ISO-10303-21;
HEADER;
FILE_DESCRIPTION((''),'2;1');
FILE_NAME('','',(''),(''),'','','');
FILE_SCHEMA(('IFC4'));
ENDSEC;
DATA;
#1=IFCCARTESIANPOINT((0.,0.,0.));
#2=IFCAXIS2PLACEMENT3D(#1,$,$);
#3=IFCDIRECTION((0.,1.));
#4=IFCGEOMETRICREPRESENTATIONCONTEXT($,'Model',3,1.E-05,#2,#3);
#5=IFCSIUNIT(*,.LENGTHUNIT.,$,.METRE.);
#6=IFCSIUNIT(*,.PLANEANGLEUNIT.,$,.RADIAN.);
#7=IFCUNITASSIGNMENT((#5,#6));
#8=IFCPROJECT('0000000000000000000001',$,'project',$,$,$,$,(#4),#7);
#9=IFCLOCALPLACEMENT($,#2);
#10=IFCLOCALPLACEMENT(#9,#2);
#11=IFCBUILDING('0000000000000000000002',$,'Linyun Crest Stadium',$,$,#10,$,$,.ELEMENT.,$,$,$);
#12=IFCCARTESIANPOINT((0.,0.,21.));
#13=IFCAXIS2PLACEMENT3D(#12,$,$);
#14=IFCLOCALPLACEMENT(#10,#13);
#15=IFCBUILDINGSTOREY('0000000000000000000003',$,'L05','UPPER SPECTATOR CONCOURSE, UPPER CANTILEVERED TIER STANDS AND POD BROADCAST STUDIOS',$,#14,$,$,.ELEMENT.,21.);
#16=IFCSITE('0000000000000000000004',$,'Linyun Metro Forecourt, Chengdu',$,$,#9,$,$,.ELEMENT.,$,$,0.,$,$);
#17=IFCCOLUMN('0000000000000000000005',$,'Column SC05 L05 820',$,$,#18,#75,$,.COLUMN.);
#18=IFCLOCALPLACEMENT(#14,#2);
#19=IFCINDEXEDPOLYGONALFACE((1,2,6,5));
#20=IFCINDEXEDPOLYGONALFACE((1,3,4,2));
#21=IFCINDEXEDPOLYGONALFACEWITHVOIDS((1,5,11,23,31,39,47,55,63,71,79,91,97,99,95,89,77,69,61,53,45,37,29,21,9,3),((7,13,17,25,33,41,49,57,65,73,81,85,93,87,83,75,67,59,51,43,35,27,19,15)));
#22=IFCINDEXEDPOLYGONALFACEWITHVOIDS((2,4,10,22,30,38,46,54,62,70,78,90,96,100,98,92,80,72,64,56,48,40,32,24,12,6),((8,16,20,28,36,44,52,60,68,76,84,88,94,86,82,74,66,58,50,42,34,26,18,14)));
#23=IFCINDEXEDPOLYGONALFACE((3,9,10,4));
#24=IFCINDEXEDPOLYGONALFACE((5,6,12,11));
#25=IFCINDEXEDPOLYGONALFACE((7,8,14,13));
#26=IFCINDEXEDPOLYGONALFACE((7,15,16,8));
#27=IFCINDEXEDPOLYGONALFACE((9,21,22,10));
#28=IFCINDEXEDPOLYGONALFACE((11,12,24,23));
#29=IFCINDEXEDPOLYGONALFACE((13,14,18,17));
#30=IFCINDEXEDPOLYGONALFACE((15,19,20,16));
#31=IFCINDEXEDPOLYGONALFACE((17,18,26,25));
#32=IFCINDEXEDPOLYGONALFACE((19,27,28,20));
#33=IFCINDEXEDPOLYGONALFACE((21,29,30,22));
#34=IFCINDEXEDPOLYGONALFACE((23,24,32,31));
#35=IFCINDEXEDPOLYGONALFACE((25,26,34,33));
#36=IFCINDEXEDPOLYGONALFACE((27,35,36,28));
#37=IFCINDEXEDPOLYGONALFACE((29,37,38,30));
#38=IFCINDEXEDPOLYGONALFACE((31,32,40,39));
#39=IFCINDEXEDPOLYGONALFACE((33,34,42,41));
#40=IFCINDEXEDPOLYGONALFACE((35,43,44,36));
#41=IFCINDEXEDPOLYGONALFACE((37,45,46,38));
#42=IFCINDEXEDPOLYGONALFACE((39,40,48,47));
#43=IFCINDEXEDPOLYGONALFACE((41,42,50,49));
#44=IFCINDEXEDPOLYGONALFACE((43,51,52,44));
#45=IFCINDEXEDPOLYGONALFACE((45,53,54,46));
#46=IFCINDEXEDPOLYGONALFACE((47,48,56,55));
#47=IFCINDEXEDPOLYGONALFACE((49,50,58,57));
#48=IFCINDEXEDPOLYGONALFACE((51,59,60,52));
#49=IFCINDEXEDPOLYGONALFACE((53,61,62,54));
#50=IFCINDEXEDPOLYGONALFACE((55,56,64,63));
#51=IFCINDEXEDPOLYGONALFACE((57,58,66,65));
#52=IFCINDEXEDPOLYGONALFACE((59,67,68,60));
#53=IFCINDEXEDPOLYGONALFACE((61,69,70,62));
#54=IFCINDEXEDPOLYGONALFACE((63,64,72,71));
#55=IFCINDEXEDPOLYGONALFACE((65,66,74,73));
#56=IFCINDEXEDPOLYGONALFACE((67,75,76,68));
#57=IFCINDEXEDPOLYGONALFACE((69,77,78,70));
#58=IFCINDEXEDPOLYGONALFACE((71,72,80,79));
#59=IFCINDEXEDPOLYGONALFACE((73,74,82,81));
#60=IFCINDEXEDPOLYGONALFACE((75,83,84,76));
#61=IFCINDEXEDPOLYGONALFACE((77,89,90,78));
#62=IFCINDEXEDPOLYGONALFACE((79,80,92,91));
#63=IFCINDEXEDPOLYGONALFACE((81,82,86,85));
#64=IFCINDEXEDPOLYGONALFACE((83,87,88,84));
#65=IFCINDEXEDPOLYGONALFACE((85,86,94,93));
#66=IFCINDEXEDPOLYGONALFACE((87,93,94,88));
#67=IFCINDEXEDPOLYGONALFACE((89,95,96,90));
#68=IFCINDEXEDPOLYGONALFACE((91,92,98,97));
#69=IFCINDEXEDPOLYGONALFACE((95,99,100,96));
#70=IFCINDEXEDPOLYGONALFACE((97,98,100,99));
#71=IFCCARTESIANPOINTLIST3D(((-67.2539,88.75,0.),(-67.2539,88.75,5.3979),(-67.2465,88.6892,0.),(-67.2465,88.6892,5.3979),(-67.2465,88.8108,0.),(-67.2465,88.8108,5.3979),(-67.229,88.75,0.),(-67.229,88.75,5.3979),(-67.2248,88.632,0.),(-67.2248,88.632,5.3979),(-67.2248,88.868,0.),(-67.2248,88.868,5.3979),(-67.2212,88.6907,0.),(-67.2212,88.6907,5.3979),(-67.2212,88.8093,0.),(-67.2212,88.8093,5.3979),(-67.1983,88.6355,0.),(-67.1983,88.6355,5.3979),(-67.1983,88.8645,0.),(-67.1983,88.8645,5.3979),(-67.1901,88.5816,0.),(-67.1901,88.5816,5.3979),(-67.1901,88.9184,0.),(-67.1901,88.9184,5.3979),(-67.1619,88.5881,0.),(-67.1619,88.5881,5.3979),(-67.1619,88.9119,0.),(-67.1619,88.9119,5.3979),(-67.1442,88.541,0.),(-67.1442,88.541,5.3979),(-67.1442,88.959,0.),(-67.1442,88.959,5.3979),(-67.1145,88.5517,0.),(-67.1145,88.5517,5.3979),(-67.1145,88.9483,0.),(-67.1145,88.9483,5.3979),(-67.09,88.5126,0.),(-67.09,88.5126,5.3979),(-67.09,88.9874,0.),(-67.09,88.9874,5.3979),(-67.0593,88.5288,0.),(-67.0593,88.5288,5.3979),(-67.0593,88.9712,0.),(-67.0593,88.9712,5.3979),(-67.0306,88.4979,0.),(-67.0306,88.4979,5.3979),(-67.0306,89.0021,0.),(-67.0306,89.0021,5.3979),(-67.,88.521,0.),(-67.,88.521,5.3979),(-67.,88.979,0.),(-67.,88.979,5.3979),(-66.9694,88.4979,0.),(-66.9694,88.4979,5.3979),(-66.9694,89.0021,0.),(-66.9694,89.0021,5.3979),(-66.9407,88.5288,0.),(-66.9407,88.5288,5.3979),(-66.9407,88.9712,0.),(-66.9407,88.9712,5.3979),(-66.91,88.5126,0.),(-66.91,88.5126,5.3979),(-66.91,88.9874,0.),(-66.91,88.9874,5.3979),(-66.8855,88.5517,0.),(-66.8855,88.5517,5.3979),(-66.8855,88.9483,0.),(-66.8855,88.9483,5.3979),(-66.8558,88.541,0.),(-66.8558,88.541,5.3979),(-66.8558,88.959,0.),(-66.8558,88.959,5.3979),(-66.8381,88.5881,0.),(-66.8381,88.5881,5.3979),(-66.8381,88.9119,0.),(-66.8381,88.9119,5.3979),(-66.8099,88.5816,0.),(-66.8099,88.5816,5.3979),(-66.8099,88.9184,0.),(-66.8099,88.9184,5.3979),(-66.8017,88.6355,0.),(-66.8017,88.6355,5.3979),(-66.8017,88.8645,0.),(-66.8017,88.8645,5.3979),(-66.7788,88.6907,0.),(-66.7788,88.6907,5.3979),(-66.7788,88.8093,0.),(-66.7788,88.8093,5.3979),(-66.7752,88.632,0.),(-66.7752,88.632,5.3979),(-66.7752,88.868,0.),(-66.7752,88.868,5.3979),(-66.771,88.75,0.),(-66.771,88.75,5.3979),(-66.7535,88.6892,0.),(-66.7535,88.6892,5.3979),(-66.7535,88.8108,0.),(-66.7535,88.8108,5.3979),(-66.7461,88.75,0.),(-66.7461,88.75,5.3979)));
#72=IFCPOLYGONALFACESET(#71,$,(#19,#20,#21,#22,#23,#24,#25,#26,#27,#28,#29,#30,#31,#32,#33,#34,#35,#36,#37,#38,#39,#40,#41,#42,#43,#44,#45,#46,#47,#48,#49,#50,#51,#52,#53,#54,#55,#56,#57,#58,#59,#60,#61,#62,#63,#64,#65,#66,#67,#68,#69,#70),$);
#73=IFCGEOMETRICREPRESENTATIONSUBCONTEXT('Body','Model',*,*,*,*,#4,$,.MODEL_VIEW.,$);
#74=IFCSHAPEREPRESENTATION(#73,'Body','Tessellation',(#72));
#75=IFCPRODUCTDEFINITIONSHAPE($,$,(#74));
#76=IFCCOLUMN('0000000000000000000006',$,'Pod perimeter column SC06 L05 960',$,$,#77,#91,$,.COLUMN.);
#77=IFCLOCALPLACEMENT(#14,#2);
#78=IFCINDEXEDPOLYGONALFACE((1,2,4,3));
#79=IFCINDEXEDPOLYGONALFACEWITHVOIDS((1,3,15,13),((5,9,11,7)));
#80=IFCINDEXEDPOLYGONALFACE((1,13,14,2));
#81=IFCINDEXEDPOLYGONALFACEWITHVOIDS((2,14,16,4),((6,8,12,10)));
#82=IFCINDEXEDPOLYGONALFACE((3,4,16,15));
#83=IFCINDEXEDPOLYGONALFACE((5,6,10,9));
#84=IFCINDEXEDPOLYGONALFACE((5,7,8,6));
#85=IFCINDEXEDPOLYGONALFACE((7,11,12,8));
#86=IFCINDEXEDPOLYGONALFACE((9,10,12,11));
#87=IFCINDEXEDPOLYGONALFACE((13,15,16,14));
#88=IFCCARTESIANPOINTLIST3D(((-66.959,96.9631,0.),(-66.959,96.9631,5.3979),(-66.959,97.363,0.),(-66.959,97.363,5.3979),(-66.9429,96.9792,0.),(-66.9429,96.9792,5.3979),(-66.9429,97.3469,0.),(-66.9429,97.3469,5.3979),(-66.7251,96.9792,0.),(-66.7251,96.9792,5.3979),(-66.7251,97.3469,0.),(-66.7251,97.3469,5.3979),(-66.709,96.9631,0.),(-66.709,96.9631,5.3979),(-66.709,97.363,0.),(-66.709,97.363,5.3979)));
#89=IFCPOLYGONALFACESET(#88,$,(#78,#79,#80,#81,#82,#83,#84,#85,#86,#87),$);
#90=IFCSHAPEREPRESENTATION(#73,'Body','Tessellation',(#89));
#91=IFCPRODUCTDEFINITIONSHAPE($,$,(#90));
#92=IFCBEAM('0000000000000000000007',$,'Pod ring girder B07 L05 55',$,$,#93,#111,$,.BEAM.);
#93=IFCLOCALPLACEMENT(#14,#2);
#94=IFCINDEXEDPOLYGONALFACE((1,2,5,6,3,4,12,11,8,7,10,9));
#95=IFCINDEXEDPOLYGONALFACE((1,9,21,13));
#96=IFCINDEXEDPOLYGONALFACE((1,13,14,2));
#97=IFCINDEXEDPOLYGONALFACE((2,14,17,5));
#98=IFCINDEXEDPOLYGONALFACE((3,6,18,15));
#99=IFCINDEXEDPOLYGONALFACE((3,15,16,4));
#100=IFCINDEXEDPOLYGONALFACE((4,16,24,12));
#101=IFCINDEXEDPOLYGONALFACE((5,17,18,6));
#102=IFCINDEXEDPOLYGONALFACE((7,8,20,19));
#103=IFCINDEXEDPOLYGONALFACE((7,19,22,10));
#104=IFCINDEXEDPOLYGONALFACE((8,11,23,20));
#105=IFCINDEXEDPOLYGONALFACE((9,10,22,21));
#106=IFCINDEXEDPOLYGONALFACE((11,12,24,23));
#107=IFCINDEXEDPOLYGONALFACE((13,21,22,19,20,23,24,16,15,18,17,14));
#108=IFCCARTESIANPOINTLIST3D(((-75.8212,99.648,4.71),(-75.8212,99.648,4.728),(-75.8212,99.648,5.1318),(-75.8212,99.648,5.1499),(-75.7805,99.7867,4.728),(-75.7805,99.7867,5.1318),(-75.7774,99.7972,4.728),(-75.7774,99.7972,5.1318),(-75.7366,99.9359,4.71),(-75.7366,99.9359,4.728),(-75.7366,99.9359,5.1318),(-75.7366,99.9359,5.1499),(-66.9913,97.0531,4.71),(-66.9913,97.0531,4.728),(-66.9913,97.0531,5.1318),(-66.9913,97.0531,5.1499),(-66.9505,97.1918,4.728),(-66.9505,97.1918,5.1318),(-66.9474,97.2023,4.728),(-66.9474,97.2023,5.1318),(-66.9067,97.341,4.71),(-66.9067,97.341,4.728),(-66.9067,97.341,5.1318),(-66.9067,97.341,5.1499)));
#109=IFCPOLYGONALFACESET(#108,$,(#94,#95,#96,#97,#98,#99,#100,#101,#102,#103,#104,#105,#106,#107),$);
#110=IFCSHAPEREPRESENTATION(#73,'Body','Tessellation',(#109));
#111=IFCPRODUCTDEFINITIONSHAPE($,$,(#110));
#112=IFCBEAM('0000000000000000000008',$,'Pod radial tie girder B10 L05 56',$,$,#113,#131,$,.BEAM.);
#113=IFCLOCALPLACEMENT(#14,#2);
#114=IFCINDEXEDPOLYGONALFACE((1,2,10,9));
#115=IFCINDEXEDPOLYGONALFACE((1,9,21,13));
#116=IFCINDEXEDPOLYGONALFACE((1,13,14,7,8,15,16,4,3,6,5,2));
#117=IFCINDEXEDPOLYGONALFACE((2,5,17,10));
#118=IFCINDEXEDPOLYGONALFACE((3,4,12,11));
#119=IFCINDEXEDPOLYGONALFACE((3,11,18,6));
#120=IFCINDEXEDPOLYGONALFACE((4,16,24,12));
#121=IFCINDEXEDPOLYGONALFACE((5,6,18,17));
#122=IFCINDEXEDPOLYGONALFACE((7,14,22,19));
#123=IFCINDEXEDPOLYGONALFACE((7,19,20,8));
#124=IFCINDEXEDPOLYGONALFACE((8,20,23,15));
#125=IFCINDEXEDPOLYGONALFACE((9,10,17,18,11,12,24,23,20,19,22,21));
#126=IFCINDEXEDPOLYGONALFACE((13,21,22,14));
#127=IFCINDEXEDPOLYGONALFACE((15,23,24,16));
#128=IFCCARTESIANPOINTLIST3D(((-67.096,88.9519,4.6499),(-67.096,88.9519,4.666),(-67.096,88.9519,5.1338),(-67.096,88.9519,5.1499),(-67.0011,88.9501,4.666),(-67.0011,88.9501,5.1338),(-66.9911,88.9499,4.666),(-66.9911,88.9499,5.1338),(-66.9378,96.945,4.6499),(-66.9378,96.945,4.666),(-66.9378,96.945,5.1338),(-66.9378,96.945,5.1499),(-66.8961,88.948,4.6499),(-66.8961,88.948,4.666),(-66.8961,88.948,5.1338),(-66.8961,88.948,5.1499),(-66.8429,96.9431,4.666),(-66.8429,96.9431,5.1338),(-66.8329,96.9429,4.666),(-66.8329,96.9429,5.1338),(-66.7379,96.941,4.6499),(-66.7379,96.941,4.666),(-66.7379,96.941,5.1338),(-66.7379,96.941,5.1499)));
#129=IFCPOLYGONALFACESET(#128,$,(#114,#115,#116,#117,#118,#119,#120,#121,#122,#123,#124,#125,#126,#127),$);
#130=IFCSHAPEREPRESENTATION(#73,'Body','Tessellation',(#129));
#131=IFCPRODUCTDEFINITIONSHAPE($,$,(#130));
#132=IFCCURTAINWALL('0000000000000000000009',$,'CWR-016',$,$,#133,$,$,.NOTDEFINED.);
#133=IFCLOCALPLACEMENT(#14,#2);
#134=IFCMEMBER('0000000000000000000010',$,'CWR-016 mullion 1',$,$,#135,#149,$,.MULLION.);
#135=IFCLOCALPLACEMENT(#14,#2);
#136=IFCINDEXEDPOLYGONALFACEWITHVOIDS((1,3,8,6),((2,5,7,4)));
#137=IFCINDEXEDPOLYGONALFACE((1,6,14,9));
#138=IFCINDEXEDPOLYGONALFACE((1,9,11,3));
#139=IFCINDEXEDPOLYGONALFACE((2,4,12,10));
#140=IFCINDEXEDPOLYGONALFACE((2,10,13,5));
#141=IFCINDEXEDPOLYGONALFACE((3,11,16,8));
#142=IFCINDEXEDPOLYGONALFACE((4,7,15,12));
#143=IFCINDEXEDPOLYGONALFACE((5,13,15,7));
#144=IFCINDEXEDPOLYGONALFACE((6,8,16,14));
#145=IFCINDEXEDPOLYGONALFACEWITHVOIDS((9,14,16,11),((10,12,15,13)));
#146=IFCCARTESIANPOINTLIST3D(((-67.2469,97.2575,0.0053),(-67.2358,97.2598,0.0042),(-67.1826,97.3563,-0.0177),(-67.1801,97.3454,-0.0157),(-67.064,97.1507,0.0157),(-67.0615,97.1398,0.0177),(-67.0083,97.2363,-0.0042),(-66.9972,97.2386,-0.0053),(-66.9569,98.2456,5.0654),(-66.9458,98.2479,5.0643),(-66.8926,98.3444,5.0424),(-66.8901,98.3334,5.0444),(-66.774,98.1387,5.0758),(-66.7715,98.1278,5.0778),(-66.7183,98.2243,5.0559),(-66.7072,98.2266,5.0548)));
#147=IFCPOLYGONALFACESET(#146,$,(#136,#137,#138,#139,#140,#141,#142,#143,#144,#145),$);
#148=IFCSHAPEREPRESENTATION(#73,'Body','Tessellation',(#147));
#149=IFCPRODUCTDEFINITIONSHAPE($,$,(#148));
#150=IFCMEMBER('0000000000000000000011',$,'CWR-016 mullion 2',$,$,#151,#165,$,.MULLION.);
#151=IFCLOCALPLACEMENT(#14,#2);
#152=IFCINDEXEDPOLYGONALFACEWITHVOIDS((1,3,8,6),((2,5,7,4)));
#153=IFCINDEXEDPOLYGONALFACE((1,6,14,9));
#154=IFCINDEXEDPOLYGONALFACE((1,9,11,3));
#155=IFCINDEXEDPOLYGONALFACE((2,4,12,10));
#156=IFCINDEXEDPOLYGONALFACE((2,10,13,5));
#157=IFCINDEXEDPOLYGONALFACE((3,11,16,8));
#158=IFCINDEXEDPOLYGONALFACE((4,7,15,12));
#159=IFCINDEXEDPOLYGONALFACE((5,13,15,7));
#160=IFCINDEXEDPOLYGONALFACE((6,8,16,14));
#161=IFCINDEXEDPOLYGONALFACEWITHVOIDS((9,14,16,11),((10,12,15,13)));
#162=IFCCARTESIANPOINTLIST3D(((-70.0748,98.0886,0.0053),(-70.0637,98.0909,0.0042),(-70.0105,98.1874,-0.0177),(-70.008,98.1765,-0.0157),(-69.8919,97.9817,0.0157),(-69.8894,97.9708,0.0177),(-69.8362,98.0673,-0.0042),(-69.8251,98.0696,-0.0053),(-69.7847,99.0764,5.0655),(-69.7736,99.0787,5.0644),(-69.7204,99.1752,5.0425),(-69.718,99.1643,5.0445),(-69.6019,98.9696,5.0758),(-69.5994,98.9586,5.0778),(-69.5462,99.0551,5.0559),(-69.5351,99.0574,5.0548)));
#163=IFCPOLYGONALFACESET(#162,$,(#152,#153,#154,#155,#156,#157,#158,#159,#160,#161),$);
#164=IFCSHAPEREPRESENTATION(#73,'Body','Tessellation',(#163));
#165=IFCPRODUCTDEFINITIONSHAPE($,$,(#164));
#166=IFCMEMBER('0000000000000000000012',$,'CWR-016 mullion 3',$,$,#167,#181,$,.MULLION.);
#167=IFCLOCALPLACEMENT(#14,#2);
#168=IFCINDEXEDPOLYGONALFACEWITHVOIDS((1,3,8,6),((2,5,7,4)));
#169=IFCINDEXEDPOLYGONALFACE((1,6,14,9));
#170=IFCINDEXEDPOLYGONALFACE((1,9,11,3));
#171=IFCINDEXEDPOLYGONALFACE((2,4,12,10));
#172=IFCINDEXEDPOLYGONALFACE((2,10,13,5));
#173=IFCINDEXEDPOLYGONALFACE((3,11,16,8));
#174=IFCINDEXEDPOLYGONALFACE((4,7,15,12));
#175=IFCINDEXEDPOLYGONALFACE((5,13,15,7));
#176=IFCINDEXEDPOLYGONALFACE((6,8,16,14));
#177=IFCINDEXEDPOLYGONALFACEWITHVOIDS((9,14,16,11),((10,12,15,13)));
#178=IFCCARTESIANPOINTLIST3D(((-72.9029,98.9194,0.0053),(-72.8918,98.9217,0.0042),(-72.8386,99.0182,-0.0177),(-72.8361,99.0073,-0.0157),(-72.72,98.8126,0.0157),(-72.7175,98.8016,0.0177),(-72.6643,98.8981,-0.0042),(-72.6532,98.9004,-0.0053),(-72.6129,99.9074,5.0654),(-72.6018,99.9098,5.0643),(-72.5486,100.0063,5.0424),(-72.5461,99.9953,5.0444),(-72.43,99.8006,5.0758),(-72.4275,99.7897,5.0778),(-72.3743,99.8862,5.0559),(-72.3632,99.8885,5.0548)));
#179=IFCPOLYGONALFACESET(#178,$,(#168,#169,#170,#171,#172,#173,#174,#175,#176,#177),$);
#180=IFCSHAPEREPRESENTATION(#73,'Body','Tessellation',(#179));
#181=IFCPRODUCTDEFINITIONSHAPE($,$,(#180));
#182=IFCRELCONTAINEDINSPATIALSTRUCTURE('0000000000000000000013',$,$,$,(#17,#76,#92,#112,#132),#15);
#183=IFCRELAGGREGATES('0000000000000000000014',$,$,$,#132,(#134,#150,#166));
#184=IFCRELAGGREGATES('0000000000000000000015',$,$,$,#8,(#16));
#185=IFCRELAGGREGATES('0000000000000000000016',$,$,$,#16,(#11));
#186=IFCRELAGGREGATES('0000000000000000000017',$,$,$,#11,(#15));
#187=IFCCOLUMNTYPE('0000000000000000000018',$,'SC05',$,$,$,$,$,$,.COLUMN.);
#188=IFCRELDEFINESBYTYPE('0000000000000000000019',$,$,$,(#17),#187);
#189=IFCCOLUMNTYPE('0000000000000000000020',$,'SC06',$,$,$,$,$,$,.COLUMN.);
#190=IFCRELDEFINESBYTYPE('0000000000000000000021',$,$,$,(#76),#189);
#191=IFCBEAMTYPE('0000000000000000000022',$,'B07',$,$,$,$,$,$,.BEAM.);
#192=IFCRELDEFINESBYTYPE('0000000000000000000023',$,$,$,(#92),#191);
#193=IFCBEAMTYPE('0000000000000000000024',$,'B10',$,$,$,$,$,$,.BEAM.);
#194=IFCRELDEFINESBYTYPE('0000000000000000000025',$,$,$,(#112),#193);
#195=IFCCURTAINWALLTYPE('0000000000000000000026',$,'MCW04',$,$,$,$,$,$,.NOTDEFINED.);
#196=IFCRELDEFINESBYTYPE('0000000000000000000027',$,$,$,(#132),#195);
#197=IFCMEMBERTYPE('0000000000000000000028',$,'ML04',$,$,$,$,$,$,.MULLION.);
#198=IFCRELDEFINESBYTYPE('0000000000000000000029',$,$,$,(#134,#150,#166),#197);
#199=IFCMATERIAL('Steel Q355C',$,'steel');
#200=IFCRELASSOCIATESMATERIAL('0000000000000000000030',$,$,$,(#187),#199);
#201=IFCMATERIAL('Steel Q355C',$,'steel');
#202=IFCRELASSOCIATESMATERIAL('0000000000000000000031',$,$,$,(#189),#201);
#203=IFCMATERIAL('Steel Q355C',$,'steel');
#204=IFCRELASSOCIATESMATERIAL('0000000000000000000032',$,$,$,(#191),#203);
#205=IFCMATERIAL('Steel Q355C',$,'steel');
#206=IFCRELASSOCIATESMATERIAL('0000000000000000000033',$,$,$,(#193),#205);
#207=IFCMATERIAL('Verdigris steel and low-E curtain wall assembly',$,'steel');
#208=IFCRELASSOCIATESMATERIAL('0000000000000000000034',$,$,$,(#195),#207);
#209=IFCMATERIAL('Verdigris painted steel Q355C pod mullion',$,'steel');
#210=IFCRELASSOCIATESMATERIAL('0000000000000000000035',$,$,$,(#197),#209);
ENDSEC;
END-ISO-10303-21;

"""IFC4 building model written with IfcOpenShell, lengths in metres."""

from ifc_helpers import new_model, si_unit, direction, frame, origin, origin_2d, place, context, subcontext, project, spatial, hollow_rectangle, hollow_circle, i_section, extrude, material, material_profile, profile_set, type_object, element, aggregate, save


model = new_model("IFC4")

# Units and contexts
model_context = context("Model", 3, precision=1e-05, world=origin(), true_north=direction((0.0, 1.0)))
body_context = subcontext(model_context, "Body", "Model", "MODEL_VIEW")
ifc_project = project(units=[si_unit("LENGTHUNIT", "METRE"), si_unit("PLANEANGLEUNIT", "RADIAN")], contexts=[model_context])

# Site, building, storey
site_placement = place(None, origin())
site = spatial("IfcSite", under=ifc_project, at=site_placement, Name="Linyun Metro Forecourt, Chengdu", CompositionType="ELEMENT", RefElevation=0.0)
building_placement = place(site_placement, origin())
building = spatial("IfcBuilding", under=site, at=building_placement, Name="Linyun Crest Stadium", CompositionType="ELEMENT")
storey_placement = place(building_placement, frame((0.0, 0.0, 21.0)))
storey = spatial("IfcBuildingStorey", under=building, at=storey_placement, Name="L05", Description="UPPER SPECTATOR CONCOURSE, UPPER CANTILEVERED TIER STANDS AND POD BROADCAST STUDIOS", CompositionType="ELEMENT", Elevation=21.0)

# Columns
ifc_material_1 = material(Name="Steel Q355C", Category="steel")
ifc_material_profile_1 = material_profile(ifc_material_1, hollow_circle(Radius=0.2539, WallThickness=0.0249, at=origin_2d()), Name="CHS 508x25")
ifc_profile_set_1 = profile_set([ifc_material_profile_1], Name="Steel Q355C")
column_type_1 = type_object("IfcColumnType", Name="SC05", PredefinedType="COLUMN", material=ifc_profile_set_1)
column_1_placement = place(storey_placement, frame((-67.0, 88.75, 0.0), z_axis=(0.0, 0.0, 1.0), x_axis=(1.0, 0.0, 0.0)))
element("IfcColumn", 1, at=column_1_placement, inside=storey, type_object=column_type_1, Name="Column SC05 L05 820", PredefinedType="COLUMN", context=body_context, shape_type="SweptSolid", body=[
    extrude(hollow_circle(Radius=0.2539, WallThickness=0.0249, at=origin_2d()), origin(), (0.0, 0.0, 1.0), 5.3979),
])
ifc_material_2 = material(Name="Steel Q355C", Category="steel")
ifc_material_profile_2 = material_profile(ifc_material_2, hollow_rectangle(XDim=0.25, YDim=0.3999, WallThickness=0.0161, at=origin_2d()), Name="RHS 400x250x16")
ifc_profile_set_2 = profile_set([ifc_material_profile_2], Name="Steel Q355C")
column_type_2 = type_object("IfcColumnType", Name="SC06", PredefinedType="COLUMN", material=ifc_profile_set_2)
column_2_placement = place(storey_placement, frame((-66.834, 97.1631, 0.0), z_axis=(0.0, 0.0, 1.0), x_axis=(1.0, 0.0, 0.0)))
element("IfcColumn", 2, at=column_2_placement, inside=storey, type_object=column_type_2, Name="Pod perimeter column SC06 L05 960", PredefinedType="COLUMN", context=body_context, shape_type="SweptSolid", body=[
    extrude(hollow_rectangle(XDim=0.25, YDim=0.3999, WallThickness=0.0161, at=origin_2d()), origin(), (0.0, 0.0, 1.0), 5.3979),
])

# Beams
ifc_material_3 = material(Name="Steel Q355C", Category="steel")
ifc_material_profile_3 = material_profile(ifc_material_3, i_section(OverallWidth=0.3, OverallDepth=0.4399, WebThickness=0.011, FlangeThickness=0.0181, at=origin_2d()), Name="HM 440x300")
ifc_profile_set_3 = profile_set([ifc_material_profile_3], Name="Steel Q355C")
beam_type_1 = type_object("IfcBeamType", Name="B07", PredefinedType="BEAM", material=ifc_profile_set_3)
beam_1_placement = place(storey_placement, frame((-66.949, 97.197, 4.9299), z_axis=(-0.959428, 0.281955, 0.0), x_axis=(-0.281955, -0.959428, 0.0)))
element("IfcBeam", 3, at=beam_1_placement, inside=storey, type_object=beam_type_1, Name="Pod ring girder B07 L05 55", PredefinedType="BEAM", context=body_context, shape_type="SweptSolid", body=[
    extrude(i_section(OverallWidth=0.3, OverallDepth=0.4399, WebThickness=0.011, FlangeThickness=0.0181, at=origin_2d()), origin(), (0.0, 0.0, 1.0), 9.2034),
])
ifc_material_4 = material(Name="Steel Q355C", Category="steel")
ifc_material_profile_4 = material_profile(ifc_material_4, i_section(OverallWidth=0.2, OverallDepth=0.5, WebThickness=0.01, FlangeThickness=0.0161, at=origin_2d()), Name="HN 500x200")
ifc_profile_set_4 = profile_set([ifc_material_profile_4], Name="Steel Q355C")
beam_type_2 = type_object("IfcBeamType", Name="B10", PredefinedType="BEAM", material=ifc_profile_set_4)
beam_2_placement = place(storey_placement, frame((-66.9961, 88.95, 4.8999), z_axis=(0.019788, 0.999804, 0.0), x_axis=(-0.999804, 0.019788, 0.0)))
element("IfcBeam", 4, at=beam_2_placement, inside=storey, type_object=beam_type_2, Name="Pod radial tie girder B10 L05 56", PredefinedType="BEAM", context=body_context, shape_type="SweptSolid", body=[
    extrude(i_section(OverallWidth=0.2, OverallDepth=0.5, WebThickness=0.01, FlangeThickness=0.0161, at=origin_2d()), origin(), (0.0, 0.0, 1.0), 7.9946),
])

# Curtain wall, members
ifc_material_5 = material(Name="Verdigris steel and low-E curtain wall assembly", Category="steel")
curtain_wall_type = type_object("IfcCurtainWallType", Name="MCW04", PredefinedType="NOTDEFINED", material=ifc_material_5)
curtain_wall_placement = place(storey_placement, origin())
curtain_wall = element("IfcCurtainWall", 5, at=curtain_wall_placement, inside=storey, type_object=curtain_wall_type, Name="CWR-016", PredefinedType="NOTDEFINED")
ifc_material_6 = material(Name="Verdigris painted steel Q355C pod mullion", Category="steel")
ifc_material_profile_5 = material_profile(ifc_material_6, hollow_rectangle(XDim=0.1201, YDim=0.22, WallThickness=0.0081, at=origin_2d()), Name="RHS 220x120x8")
ifc_profile_set_5 = profile_set([ifc_material_profile_5], Name="Verdigris painted steel Q355C pod mullion")
member_type_1 = type_object("IfcMemberType", Name="ML04", PredefinedType="MULLION", material=ifc_profile_set_5)
member_1_placement = place(storey_placement, frame((-67.1221, 97.248, 0.0), z_axis=(0.056168, 0.19134, 0.979915), x_axis=(0.535395, 0.822647, -0.19132)))
member_1 = element("IfcMember", 6, at=member_1_placement, type_object=member_type_1, Name="CWR-016 mullion 1", PredefinedType="MULLION", context=body_context, shape_type="SweptSolid", body=[
    extrude(hollow_rectangle(XDim=0.1201, YDim=0.22, WallThickness=0.0081, at=origin_2d()), origin(), (0.0, 0.0, 1.0), 5.1638),
])
member_2_placement = place(storey_placement, frame((-69.95, 98.0791, 0.0), z_axis=(0.056169, 0.191295, 0.979924), x_axis=(0.535452, 0.82262, -0.191278)))
member_2 = element("IfcMember", 7, at=member_2_placement, type_object=member_type_1, Name="CWR-016 mullion 2", PredefinedType="MULLION", context=body_context, shape_type="SweptSolid", body=[
    extrude(hollow_rectangle(XDim=0.1201, YDim=0.22, WallThickness=0.0081, at=origin_2d()), origin(), (0.0, 0.0, 1.0), 5.1638),
])
member_3_placement = place(storey_placement, frame((-72.7781, 98.9099, 0.0), z_axis=(0.056168, 0.19134, 0.979915), x_axis=(0.535395, 0.822647, -0.19132)))
member_3 = element("IfcMember", 8, at=member_3_placement, type_object=member_type_1, Name="CWR-016 mullion 3", PredefinedType="MULLION", context=body_context, shape_type="SweptSolid", body=[
    extrude(hollow_rectangle(XDim=0.1201, YDim=0.22, WallThickness=0.0081, at=origin_2d()), origin(), (0.0, 0.0, 1.0), 5.1638),
])
aggregate(curtain_wall, [member_1, member_2, member_3])

save(model, "model.ifc")
